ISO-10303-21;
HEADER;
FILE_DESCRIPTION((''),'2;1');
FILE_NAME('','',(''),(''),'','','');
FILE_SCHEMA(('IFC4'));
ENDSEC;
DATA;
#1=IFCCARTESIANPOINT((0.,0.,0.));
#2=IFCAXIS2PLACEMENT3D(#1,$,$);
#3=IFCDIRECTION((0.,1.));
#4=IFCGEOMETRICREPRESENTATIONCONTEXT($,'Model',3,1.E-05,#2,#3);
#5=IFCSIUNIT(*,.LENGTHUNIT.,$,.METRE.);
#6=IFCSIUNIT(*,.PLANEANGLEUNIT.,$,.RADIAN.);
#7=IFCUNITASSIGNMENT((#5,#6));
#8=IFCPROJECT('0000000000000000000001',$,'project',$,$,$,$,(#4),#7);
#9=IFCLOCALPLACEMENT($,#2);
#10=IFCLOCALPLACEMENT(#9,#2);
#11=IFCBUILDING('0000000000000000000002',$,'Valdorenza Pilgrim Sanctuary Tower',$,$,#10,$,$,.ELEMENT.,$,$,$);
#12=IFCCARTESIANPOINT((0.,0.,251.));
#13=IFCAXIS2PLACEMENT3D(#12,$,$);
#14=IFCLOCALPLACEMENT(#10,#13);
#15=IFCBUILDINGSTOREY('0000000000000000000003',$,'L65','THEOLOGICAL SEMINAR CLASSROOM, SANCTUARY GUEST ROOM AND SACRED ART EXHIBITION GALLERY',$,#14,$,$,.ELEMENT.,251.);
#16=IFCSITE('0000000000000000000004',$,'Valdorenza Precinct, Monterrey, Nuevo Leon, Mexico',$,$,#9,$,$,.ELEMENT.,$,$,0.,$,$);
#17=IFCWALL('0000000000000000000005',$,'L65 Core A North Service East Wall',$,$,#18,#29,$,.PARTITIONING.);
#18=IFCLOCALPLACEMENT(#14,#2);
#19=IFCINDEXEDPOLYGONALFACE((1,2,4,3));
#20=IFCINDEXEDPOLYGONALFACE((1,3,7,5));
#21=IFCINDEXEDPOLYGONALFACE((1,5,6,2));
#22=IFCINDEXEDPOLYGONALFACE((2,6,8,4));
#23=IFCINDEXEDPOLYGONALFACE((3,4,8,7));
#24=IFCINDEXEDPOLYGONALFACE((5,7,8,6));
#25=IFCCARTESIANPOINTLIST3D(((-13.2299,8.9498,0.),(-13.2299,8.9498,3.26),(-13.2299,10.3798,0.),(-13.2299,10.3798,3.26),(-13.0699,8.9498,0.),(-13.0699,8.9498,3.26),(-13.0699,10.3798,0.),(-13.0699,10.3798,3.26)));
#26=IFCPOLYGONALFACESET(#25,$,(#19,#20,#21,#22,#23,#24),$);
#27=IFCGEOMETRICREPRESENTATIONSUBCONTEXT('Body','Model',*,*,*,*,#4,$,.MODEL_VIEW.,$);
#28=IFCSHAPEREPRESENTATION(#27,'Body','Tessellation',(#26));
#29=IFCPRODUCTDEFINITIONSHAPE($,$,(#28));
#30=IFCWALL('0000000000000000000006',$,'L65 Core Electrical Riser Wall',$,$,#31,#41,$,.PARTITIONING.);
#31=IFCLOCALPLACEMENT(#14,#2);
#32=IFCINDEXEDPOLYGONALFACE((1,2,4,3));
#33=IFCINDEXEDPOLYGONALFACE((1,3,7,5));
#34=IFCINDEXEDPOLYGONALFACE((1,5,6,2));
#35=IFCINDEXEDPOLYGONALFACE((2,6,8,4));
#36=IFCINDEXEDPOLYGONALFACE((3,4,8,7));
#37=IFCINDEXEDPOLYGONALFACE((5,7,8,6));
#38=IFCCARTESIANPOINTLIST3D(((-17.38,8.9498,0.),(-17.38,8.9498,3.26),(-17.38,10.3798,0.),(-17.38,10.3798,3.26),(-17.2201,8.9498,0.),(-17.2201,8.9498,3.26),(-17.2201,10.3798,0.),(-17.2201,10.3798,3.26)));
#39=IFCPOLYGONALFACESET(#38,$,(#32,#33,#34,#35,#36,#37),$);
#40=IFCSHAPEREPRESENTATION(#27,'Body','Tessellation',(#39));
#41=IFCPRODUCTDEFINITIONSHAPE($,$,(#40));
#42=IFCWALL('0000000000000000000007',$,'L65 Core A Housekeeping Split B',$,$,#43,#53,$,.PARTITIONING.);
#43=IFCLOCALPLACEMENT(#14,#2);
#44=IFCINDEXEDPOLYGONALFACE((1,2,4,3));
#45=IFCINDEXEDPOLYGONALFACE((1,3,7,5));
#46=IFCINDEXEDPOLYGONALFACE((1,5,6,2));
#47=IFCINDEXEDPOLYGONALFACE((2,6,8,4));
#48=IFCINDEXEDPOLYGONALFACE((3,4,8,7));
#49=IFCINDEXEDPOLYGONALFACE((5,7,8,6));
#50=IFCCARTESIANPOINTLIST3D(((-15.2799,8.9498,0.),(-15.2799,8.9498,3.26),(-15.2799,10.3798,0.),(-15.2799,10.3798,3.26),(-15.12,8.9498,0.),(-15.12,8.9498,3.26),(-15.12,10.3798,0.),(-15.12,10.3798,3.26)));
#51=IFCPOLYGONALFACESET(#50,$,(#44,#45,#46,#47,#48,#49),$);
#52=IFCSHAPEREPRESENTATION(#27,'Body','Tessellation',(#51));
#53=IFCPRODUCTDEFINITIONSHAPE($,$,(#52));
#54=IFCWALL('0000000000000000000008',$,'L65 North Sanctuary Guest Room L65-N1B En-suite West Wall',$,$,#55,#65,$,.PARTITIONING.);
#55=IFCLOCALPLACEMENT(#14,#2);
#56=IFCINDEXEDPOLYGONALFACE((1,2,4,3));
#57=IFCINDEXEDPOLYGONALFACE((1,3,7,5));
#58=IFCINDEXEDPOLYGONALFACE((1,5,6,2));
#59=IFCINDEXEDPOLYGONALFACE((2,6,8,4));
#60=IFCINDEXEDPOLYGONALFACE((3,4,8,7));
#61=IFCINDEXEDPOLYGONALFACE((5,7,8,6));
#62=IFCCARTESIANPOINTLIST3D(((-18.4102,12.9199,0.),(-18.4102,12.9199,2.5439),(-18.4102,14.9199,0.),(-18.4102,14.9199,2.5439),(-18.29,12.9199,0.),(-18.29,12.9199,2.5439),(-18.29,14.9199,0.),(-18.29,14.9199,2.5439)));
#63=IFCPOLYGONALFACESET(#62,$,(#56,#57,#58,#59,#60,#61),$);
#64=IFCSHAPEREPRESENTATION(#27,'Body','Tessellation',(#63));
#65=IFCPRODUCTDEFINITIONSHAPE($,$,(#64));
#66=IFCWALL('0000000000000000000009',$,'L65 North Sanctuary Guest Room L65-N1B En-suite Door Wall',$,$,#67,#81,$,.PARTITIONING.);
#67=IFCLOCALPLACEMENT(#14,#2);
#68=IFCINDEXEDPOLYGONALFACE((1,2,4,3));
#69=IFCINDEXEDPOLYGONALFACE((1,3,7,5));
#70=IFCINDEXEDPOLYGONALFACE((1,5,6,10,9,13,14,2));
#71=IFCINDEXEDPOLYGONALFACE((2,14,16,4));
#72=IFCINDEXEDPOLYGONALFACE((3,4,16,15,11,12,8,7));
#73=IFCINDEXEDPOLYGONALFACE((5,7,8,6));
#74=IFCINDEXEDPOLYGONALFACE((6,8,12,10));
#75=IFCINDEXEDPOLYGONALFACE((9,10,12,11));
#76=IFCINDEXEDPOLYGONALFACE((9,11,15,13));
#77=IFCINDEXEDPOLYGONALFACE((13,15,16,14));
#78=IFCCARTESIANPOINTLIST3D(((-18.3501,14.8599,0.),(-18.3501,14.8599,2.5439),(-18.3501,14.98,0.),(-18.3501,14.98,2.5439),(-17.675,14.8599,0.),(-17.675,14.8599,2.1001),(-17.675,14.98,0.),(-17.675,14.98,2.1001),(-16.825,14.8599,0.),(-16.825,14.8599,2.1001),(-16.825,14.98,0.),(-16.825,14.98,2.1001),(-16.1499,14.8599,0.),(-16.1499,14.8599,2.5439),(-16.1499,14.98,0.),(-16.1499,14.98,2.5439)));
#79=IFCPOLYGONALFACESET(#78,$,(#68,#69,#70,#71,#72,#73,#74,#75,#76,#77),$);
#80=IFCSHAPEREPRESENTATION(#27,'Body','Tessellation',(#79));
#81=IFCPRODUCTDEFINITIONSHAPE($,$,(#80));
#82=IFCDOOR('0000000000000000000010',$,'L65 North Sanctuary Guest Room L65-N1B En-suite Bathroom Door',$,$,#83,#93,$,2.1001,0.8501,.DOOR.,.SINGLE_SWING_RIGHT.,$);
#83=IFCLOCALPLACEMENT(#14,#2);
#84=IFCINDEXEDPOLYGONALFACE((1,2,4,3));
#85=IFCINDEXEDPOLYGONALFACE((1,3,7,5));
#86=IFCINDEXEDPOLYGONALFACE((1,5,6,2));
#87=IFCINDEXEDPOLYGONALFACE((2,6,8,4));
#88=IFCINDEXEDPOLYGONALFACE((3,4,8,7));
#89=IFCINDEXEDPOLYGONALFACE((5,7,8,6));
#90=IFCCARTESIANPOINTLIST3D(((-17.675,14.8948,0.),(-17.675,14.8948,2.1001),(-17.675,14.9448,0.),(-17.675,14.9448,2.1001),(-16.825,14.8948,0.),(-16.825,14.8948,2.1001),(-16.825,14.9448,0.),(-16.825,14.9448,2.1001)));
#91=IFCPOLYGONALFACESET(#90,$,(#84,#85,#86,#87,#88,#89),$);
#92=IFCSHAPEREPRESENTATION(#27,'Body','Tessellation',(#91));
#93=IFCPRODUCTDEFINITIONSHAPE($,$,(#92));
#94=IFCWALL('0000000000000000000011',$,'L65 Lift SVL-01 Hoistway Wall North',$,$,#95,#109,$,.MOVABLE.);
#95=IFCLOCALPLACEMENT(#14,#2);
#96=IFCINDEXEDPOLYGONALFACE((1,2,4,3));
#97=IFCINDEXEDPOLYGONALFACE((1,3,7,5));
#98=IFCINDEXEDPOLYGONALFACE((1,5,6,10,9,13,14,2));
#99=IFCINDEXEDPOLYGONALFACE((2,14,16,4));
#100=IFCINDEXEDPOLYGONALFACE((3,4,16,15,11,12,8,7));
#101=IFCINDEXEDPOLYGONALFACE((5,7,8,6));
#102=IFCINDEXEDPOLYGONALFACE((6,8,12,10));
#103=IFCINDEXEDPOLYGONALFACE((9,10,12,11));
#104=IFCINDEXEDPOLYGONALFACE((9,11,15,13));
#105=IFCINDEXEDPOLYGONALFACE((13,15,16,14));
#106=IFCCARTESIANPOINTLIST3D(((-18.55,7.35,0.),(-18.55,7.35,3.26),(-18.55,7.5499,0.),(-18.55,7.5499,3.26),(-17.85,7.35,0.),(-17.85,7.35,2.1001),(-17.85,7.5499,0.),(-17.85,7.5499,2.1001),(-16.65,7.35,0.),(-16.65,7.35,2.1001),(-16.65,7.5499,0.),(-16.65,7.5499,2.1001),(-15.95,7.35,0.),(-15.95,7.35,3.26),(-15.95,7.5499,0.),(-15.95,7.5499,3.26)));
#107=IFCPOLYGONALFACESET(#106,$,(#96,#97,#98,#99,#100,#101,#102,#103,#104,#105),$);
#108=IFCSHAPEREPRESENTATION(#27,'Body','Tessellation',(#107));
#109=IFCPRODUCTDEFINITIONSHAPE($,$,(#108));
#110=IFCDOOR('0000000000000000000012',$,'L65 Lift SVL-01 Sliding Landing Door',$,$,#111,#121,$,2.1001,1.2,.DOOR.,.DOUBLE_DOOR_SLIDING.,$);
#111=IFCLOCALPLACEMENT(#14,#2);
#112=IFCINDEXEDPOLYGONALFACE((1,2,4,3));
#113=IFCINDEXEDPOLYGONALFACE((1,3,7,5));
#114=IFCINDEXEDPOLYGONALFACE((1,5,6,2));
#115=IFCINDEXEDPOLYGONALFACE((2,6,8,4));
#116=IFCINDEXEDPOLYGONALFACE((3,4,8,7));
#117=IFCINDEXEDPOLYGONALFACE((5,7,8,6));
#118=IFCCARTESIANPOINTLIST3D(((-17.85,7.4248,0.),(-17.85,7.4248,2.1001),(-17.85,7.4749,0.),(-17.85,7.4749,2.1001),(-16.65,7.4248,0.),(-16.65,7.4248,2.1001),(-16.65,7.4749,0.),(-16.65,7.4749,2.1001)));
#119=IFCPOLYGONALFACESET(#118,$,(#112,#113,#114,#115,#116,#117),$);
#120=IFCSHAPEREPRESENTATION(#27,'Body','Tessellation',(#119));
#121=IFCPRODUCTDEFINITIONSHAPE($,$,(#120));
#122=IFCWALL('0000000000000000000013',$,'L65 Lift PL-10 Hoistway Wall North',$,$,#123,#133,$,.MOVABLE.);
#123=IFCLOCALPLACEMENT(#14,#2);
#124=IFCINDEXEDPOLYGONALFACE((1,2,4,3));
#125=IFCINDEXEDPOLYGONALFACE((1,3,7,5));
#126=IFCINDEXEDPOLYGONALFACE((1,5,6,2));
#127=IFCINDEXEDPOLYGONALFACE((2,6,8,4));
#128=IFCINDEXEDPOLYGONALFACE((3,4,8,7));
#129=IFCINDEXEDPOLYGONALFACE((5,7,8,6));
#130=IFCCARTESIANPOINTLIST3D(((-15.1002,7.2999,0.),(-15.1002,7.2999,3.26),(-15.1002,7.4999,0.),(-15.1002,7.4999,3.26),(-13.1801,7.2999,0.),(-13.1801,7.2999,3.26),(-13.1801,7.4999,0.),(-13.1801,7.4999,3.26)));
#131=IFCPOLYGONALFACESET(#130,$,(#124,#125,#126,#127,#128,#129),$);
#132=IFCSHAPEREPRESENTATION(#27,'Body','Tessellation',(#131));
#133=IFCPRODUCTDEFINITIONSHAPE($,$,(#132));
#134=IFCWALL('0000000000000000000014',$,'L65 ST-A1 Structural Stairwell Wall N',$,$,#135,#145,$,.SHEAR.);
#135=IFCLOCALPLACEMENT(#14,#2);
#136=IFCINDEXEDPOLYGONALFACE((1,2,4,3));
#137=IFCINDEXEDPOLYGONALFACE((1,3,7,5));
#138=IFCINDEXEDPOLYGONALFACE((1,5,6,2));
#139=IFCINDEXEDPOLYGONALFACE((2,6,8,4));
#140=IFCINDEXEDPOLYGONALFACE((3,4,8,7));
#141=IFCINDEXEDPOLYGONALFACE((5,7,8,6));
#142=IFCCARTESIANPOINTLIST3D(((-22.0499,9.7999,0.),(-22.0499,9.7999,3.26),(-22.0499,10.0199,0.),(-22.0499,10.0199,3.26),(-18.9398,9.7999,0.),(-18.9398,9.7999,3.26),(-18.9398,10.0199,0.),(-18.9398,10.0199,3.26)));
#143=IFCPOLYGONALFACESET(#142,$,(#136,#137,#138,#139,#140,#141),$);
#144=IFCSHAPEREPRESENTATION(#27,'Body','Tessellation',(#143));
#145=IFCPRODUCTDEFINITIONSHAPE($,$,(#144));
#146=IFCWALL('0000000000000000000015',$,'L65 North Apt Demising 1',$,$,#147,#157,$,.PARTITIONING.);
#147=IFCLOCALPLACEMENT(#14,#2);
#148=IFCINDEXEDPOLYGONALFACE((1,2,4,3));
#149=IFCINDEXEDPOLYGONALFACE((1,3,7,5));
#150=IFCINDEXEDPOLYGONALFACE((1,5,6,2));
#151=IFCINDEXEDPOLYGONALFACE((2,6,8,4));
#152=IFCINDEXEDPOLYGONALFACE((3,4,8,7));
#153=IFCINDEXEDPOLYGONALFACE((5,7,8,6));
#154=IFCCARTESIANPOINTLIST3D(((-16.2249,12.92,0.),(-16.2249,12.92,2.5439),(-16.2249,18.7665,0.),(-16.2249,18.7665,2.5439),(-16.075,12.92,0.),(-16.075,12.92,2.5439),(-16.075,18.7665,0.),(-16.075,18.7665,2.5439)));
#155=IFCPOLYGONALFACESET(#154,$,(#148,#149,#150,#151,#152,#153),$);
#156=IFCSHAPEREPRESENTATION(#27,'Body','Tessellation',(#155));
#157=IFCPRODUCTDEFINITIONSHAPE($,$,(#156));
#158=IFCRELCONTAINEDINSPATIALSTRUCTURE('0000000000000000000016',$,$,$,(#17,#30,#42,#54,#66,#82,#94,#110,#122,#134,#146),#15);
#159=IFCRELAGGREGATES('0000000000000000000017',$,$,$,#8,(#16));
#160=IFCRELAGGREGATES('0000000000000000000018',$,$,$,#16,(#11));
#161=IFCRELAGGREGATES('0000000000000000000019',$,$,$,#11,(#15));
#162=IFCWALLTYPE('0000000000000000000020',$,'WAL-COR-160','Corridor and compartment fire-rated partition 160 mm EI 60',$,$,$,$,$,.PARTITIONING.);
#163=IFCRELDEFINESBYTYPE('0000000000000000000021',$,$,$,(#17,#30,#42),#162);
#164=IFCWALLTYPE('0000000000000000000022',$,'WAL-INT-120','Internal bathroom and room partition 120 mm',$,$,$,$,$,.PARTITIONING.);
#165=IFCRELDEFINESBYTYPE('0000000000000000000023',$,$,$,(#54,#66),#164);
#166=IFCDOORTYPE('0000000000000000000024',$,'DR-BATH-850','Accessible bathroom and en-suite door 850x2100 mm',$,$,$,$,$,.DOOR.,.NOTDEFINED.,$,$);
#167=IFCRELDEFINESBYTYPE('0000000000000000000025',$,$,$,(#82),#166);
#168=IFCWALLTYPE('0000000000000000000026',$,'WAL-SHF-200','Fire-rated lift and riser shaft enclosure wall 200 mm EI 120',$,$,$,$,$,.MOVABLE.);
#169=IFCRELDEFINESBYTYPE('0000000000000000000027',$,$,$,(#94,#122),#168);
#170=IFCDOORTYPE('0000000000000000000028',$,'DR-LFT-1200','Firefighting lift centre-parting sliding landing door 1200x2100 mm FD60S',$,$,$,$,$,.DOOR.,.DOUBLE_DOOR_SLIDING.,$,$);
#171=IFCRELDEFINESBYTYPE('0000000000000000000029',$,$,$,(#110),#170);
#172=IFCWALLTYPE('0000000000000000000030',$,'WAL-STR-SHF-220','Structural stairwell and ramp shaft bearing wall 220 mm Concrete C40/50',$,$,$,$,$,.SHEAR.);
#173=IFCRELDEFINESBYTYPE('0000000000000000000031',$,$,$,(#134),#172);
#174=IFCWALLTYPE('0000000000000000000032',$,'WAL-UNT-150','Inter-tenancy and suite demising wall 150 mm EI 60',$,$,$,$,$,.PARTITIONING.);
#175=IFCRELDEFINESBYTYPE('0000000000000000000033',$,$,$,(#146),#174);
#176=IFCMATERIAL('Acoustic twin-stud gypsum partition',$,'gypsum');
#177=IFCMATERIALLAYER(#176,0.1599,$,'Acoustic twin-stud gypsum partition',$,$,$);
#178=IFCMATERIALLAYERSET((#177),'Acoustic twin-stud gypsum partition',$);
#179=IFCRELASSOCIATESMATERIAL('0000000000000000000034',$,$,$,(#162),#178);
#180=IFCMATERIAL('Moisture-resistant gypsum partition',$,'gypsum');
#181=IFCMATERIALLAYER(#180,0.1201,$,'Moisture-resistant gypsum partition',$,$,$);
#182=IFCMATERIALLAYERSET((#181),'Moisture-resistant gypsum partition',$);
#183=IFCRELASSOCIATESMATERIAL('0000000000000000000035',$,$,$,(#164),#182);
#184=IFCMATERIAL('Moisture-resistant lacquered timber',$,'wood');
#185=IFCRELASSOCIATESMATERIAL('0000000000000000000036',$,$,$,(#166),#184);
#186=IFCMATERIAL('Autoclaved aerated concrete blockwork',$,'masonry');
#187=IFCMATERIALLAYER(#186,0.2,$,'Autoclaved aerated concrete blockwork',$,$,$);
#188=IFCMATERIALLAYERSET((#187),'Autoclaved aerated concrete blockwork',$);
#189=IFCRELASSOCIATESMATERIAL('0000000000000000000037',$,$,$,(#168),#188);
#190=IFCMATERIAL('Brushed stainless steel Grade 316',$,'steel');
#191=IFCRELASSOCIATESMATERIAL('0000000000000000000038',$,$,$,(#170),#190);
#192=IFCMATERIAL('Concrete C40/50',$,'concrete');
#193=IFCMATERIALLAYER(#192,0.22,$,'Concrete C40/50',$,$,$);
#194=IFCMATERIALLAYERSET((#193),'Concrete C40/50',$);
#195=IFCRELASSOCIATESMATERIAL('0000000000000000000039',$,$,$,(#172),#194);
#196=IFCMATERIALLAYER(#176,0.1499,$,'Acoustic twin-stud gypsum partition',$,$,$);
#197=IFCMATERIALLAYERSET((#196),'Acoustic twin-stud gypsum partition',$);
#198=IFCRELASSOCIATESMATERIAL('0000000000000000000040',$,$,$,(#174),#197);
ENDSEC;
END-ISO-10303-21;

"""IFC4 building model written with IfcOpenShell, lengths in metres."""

from ifc_helpers import new_model, si_unit, direction, frame, frame_2d, origin, place, context, subcontext, project, spatial, rectangle, extrude, material, layer, layer_set, type_object, element, fill, save


model = new_model("IFC4")

# Units and contexts
model_context = context("Model", 3, precision=1e-05, world=origin(), true_north=direction((0.0, 1.0)))
body_context = subcontext(model_context, "Body", "Model", "MODEL_VIEW")
ifc_project = project(units=[si_unit("LENGTHUNIT", "METRE"), si_unit("PLANEANGLEUNIT", "RADIAN")], contexts=[model_context])

# Site, building, storey
site_placement = place(None, origin())
site = spatial("IfcSite", under=ifc_project, at=site_placement, Name="Valdorenza Precinct, Monterrey, Nuevo Leon, Mexico", CompositionType="ELEMENT", RefElevation=0.0)
building_placement = place(site_placement, origin())
building = spatial("IfcBuilding", under=site, at=building_placement, Name="Valdorenza Pilgrim Sanctuary Tower", CompositionType="ELEMENT")
storey_placement = place(building_placement, frame((0.0, 0.0, 251.0)))
storey = spatial("IfcBuildingStorey", under=building, at=storey_placement, Name="L65", Description="THEOLOGICAL SEMINAR CLASSROOM, SANCTUARY GUEST ROOM AND SACRED ART EXHIBITION GALLERY", CompositionType="ELEMENT", Elevation=251.0)

# Shared definitions
ifc_material_1 = material(Name="Acoustic twin-stud gypsum partition", Category="gypsum")
ifc_layer_1 = layer(ifc_material_1, 0.1599, Name="Acoustic twin-stud gypsum partition")
ifc_layer_set_1 = layer_set([ifc_layer_1], Name="Acoustic twin-stud gypsum partition")
wall_type_1 = type_object("IfcWallType", Name="WAL-COR-160", Description="Corridor and compartment fire-rated partition 160 mm EI 60", PredefinedType="PARTITIONING", material=ifc_layer_set_1)

# Walls
for number, where, z_axis, x_axis, name in (
    (1, (-13.1499, 8.95, 0.0), (0.0, 0.0, 1.0), (0.0, 1.0, 0.0), "L65 Core A North Service East Wall"),
    (2, (-17.3, 8.95, 0.0), (0.0, 0.0, 1.0), (0.0, 1.0, 0.0), "L65 Core Electrical Riser Wall"),
    (3, (-15.2, 8.95, 0.0), (0.0, 0.0, 1.0), (0.0, 1.0, 0.0), "L65 Core A Housekeeping Split B"),
):
    element("IfcWall", number, at=place(storey_placement, frame(where, z_axis=z_axis, x_axis=x_axis)), inside=storey, type_object=wall_type_1, Name=name, PredefinedType="PARTITIONING", context=body_context, shape_type="SweptSolid", body=[
        extrude(rectangle(XDim=1.4299, YDim=0.1599, at=frame_2d((0.7148, 0.0))), origin(), (0.0, 0.0, 1.0), 3.26),
    ])
ifc_material_2 = material(Name="Moisture-resistant gypsum partition", Category="gypsum")
ifc_layer_2 = layer(ifc_material_2, 0.1201, Name="Moisture-resistant gypsum partition")
ifc_layer_set_2 = layer_set([ifc_layer_2], Name="Moisture-resistant gypsum partition")
wall_type_2 = type_object("IfcWallType", Name="WAL-INT-120", Description="Internal bathroom and room partition 120 mm", PredefinedType="PARTITIONING", material=ifc_layer_set_2)
wall_1_placement = place(storey_placement, frame((-18.3501, 12.9199, 0.0), z_axis=(0.0, 0.0, 1.0), x_axis=(0.0, 1.0, 0.0)))
element("IfcWall", 4, at=wall_1_placement, inside=storey, type_object=wall_type_2, Name="L65 North Sanctuary Guest Room L65-N1B En-suite West Wall", PredefinedType="PARTITIONING", context=body_context, shape_type="SweptSolid", body=[
    extrude(rectangle(XDim=2.0, YDim=0.1201, at=frame_2d((1.0, 0.0))), origin(), (0.0, 0.0, 1.0), 2.5439),
])

# Walls, openings, doors
wall_2_placement = place(storey_placement, frame((-18.3501, 14.9199, 0.0), z_axis=(0.0, 0.0, 1.0), x_axis=(1.0, 0.0, 0.0)))
wall_2 = element("IfcWall", 5, at=wall_2_placement, inside=storey, type_object=wall_type_2, Name="L65 North Sanctuary Guest Room L65-N1B En-suite Door Wall", PredefinedType="PARTITIONING", context=body_context, shape_type="SweptSolid", body=[
    extrude(rectangle(XDim=2.2002, YDim=0.1201, at=frame_2d((1.1001, 0.0))), origin(), (0.0, 0.0, 1.0), 2.5439),
])
opening_1_placement = place(wall_2_placement, frame((0.675, 0.0, 0.0)))
opening_1 = element("IfcOpeningElement", 6, at=opening_1_placement, cuts=wall_2, PredefinedType="OPENING", context=body_context, shape_type="SweptSolid", body=[
    extrude(rectangle(XDim=0.8501, YDim=2.1001, at=frame_2d((0.425, 1.05))), frame((0.0, 0.075, 0.0), z_axis=(0.0, -1.0, 0.0), x_axis=(1.0, 0.0, 0.0)), (0.0, 0.0, 1.0), 0.1499),
])
ifc_material_3 = material(Name="Moisture-resistant lacquered timber", Category="wood")
door_type_1 = type_object("IfcDoorType", Name="DR-BATH-850", Description="Accessible bathroom and en-suite door 850x2100 mm", OperationType="NOTDEFINED", PredefinedType="DOOR", material=ifc_material_3)
door_1_placement = place(opening_1_placement, origin())
door_1 = element("IfcDoor", 7, at=door_1_placement, inside=storey, type_object=door_type_1, Name="L65 North Sanctuary Guest Room L65-N1B En-suite Bathroom Door", OperationType="SINGLE_SWING_RIGHT", OverallHeight=2.1001, OverallWidth=0.8501, PredefinedType="DOOR", context=body_context, shape_type="SweptSolid", body=[
    extrude(rectangle(XDim=0.8501, YDim=2.1001, at=frame_2d((0.425, 1.05))), frame((0.0, 0.0249, 0.0), z_axis=(0.0, -1.0, 0.0), x_axis=(1.0, 0.0, 0.0)), (0.0, 0.0, 1.0), 0.05),
])
fill(opening_1, door_1)
ifc_material_4 = material(Name="Autoclaved aerated concrete blockwork", Category="masonry")
ifc_layer_3 = layer(ifc_material_4, 0.2, Name="Autoclaved aerated concrete blockwork")
ifc_layer_set_3 = layer_set([ifc_layer_3], Name="Autoclaved aerated concrete blockwork")
wall_type_3 = type_object("IfcWallType", Name="WAL-SHF-200", Description="Fire-rated lift and riser shaft enclosure wall 200 mm EI 120", PredefinedType="MOVABLE", material=ifc_layer_set_3)
wall_3_placement = place(storey_placement, frame((-18.55, 7.45, 0.0), z_axis=(0.0, 0.0, 1.0), x_axis=(1.0, 0.0, 0.0)))
wall_3 = element("IfcWall", 8, at=wall_3_placement, inside=storey, type_object=wall_type_3, Name="L65 Lift SVL-01 Hoistway Wall North", PredefinedType="MOVABLE", context=body_context, shape_type="SweptSolid", body=[
    extrude(rectangle(XDim=2.6001, YDim=0.2, at=frame_2d((1.3, 0.0))), origin(), (0.0, 0.0, 1.0), 3.26),
])
opening_2_placement = place(wall_3_placement, frame((0.7, 0.0, 0.0)))
opening_2 = element("IfcOpeningElement", 9, at=opening_2_placement, cuts=wall_3, PredefinedType="OPENING", context=body_context, shape_type="SweptSolid", body=[
    extrude(rectangle(XDim=1.2, YDim=2.1001, at=frame_2d((0.6001, 1.05))), frame((0.0, 0.1147, 0.0), z_axis=(0.0, -1.0, 0.0), x_axis=(1.0, 0.0, 0.0)), (0.0, 0.0, 1.0), 0.2297),
])
ifc_material_5 = material(Name="Brushed stainless steel Grade 316", Category="steel")
door_type_2 = type_object("IfcDoorType", Name="DR-LFT-1200", Description="Firefighting lift centre-parting sliding landing door 1200x2100 mm FD60S", OperationType="DOUBLE_DOOR_SLIDING", PredefinedType="DOOR", material=ifc_material_5)
door_2_placement = place(opening_2_placement, origin())
door_2 = element("IfcDoor", 10, at=door_2_placement, inside=storey, type_object=door_type_2, Name="L65 Lift SVL-01 Sliding Landing Door", OperationType="DOUBLE_DOOR_SLIDING", OverallHeight=2.1001, OverallWidth=1.2, PredefinedType="DOOR", context=body_context, shape_type="SweptSolid", body=[
    extrude(rectangle(XDim=1.2, YDim=2.1001, at=frame_2d((0.6001, 1.05))), frame((0.0, 0.0249, 0.0), z_axis=(0.0, -1.0, 0.0), x_axis=(1.0, 0.0, 0.0)), (0.0, 0.0, 1.0), 0.05),
])
fill(opening_2, door_2)

# Walls
wall_4_placement = place(storey_placement, frame((-15.1001, 7.3999, 0.0), z_axis=(0.0, 0.0, 1.0), x_axis=(1.0, 0.0, 0.0)))
element("IfcWall", 11, at=wall_4_placement, inside=storey, type_object=wall_type_3, Name="L65 Lift PL-10 Hoistway Wall North", PredefinedType="MOVABLE", context=body_context, shape_type="SweptSolid", body=[
    extrude(rectangle(XDim=1.9202, YDim=0.2, at=frame_2d((0.96, 0.0))), origin(), (0.0, 0.0, 1.0), 3.26),
])
ifc_material_6 = material(Name="Concrete C40/50", Category="concrete")
ifc_layer_4 = layer(ifc_material_6, 0.22, Name="Concrete C40/50")
ifc_layer_set_4 = layer_set([ifc_layer_4], Name="Concrete C40/50")
wall_type_4 = type_object("IfcWallType", Name="WAL-STR-SHF-220", Description="Structural stairwell and ramp shaft bearing wall 220 mm Concrete C40/50", PredefinedType="SHEAR", material=ifc_layer_set_4)
wall_5_placement = place(storey_placement, frame((-22.05, 9.9099, 0.0), z_axis=(0.0, 0.0, 1.0), x_axis=(1.0, 0.0, 0.0)))
element("IfcWall", 12, at=wall_5_placement, inside=storey, type_object=wall_type_4, Name="L65 ST-A1 Structural Stairwell Wall N", PredefinedType="SHEAR", context=body_context, shape_type="SweptSolid", body=[
    extrude(rectangle(XDim=3.1101, YDim=0.22, at=frame_2d((1.5552, 0.0))), origin(), (0.0, 0.0, 1.0), 3.26),
])
ifc_layer_5 = layer(ifc_material_1, 0.1499, Name="Acoustic twin-stud gypsum partition")
ifc_layer_set_5 = layer_set([ifc_layer_5], Name="Acoustic twin-stud gypsum partition")
wall_type_5 = type_object("IfcWallType", Name="WAL-UNT-150", Description="Inter-tenancy and suite demising wall 150 mm EI 60", PredefinedType="PARTITIONING", material=ifc_layer_set_5)
wall_6_placement = place(storey_placement, frame((-16.1499, 12.9199, 0.0), z_axis=(0.0, 0.0, 1.0), x_axis=(0.0, 1.0, 0.0)))
element("IfcWall", 13, at=wall_6_placement, inside=storey, type_object=wall_type_5, Name="L65 North Apt Demising 1", PredefinedType="PARTITIONING", context=body_context, shape_type="SweptSolid", body=[
    extrude(rectangle(XDim=5.8464, YDim=0.1499, at=frame_2d((2.9233, 0.0))), origin(), (0.0, 0.0, 1.0), 2.5439),
])

save(model, "model.ifc")
